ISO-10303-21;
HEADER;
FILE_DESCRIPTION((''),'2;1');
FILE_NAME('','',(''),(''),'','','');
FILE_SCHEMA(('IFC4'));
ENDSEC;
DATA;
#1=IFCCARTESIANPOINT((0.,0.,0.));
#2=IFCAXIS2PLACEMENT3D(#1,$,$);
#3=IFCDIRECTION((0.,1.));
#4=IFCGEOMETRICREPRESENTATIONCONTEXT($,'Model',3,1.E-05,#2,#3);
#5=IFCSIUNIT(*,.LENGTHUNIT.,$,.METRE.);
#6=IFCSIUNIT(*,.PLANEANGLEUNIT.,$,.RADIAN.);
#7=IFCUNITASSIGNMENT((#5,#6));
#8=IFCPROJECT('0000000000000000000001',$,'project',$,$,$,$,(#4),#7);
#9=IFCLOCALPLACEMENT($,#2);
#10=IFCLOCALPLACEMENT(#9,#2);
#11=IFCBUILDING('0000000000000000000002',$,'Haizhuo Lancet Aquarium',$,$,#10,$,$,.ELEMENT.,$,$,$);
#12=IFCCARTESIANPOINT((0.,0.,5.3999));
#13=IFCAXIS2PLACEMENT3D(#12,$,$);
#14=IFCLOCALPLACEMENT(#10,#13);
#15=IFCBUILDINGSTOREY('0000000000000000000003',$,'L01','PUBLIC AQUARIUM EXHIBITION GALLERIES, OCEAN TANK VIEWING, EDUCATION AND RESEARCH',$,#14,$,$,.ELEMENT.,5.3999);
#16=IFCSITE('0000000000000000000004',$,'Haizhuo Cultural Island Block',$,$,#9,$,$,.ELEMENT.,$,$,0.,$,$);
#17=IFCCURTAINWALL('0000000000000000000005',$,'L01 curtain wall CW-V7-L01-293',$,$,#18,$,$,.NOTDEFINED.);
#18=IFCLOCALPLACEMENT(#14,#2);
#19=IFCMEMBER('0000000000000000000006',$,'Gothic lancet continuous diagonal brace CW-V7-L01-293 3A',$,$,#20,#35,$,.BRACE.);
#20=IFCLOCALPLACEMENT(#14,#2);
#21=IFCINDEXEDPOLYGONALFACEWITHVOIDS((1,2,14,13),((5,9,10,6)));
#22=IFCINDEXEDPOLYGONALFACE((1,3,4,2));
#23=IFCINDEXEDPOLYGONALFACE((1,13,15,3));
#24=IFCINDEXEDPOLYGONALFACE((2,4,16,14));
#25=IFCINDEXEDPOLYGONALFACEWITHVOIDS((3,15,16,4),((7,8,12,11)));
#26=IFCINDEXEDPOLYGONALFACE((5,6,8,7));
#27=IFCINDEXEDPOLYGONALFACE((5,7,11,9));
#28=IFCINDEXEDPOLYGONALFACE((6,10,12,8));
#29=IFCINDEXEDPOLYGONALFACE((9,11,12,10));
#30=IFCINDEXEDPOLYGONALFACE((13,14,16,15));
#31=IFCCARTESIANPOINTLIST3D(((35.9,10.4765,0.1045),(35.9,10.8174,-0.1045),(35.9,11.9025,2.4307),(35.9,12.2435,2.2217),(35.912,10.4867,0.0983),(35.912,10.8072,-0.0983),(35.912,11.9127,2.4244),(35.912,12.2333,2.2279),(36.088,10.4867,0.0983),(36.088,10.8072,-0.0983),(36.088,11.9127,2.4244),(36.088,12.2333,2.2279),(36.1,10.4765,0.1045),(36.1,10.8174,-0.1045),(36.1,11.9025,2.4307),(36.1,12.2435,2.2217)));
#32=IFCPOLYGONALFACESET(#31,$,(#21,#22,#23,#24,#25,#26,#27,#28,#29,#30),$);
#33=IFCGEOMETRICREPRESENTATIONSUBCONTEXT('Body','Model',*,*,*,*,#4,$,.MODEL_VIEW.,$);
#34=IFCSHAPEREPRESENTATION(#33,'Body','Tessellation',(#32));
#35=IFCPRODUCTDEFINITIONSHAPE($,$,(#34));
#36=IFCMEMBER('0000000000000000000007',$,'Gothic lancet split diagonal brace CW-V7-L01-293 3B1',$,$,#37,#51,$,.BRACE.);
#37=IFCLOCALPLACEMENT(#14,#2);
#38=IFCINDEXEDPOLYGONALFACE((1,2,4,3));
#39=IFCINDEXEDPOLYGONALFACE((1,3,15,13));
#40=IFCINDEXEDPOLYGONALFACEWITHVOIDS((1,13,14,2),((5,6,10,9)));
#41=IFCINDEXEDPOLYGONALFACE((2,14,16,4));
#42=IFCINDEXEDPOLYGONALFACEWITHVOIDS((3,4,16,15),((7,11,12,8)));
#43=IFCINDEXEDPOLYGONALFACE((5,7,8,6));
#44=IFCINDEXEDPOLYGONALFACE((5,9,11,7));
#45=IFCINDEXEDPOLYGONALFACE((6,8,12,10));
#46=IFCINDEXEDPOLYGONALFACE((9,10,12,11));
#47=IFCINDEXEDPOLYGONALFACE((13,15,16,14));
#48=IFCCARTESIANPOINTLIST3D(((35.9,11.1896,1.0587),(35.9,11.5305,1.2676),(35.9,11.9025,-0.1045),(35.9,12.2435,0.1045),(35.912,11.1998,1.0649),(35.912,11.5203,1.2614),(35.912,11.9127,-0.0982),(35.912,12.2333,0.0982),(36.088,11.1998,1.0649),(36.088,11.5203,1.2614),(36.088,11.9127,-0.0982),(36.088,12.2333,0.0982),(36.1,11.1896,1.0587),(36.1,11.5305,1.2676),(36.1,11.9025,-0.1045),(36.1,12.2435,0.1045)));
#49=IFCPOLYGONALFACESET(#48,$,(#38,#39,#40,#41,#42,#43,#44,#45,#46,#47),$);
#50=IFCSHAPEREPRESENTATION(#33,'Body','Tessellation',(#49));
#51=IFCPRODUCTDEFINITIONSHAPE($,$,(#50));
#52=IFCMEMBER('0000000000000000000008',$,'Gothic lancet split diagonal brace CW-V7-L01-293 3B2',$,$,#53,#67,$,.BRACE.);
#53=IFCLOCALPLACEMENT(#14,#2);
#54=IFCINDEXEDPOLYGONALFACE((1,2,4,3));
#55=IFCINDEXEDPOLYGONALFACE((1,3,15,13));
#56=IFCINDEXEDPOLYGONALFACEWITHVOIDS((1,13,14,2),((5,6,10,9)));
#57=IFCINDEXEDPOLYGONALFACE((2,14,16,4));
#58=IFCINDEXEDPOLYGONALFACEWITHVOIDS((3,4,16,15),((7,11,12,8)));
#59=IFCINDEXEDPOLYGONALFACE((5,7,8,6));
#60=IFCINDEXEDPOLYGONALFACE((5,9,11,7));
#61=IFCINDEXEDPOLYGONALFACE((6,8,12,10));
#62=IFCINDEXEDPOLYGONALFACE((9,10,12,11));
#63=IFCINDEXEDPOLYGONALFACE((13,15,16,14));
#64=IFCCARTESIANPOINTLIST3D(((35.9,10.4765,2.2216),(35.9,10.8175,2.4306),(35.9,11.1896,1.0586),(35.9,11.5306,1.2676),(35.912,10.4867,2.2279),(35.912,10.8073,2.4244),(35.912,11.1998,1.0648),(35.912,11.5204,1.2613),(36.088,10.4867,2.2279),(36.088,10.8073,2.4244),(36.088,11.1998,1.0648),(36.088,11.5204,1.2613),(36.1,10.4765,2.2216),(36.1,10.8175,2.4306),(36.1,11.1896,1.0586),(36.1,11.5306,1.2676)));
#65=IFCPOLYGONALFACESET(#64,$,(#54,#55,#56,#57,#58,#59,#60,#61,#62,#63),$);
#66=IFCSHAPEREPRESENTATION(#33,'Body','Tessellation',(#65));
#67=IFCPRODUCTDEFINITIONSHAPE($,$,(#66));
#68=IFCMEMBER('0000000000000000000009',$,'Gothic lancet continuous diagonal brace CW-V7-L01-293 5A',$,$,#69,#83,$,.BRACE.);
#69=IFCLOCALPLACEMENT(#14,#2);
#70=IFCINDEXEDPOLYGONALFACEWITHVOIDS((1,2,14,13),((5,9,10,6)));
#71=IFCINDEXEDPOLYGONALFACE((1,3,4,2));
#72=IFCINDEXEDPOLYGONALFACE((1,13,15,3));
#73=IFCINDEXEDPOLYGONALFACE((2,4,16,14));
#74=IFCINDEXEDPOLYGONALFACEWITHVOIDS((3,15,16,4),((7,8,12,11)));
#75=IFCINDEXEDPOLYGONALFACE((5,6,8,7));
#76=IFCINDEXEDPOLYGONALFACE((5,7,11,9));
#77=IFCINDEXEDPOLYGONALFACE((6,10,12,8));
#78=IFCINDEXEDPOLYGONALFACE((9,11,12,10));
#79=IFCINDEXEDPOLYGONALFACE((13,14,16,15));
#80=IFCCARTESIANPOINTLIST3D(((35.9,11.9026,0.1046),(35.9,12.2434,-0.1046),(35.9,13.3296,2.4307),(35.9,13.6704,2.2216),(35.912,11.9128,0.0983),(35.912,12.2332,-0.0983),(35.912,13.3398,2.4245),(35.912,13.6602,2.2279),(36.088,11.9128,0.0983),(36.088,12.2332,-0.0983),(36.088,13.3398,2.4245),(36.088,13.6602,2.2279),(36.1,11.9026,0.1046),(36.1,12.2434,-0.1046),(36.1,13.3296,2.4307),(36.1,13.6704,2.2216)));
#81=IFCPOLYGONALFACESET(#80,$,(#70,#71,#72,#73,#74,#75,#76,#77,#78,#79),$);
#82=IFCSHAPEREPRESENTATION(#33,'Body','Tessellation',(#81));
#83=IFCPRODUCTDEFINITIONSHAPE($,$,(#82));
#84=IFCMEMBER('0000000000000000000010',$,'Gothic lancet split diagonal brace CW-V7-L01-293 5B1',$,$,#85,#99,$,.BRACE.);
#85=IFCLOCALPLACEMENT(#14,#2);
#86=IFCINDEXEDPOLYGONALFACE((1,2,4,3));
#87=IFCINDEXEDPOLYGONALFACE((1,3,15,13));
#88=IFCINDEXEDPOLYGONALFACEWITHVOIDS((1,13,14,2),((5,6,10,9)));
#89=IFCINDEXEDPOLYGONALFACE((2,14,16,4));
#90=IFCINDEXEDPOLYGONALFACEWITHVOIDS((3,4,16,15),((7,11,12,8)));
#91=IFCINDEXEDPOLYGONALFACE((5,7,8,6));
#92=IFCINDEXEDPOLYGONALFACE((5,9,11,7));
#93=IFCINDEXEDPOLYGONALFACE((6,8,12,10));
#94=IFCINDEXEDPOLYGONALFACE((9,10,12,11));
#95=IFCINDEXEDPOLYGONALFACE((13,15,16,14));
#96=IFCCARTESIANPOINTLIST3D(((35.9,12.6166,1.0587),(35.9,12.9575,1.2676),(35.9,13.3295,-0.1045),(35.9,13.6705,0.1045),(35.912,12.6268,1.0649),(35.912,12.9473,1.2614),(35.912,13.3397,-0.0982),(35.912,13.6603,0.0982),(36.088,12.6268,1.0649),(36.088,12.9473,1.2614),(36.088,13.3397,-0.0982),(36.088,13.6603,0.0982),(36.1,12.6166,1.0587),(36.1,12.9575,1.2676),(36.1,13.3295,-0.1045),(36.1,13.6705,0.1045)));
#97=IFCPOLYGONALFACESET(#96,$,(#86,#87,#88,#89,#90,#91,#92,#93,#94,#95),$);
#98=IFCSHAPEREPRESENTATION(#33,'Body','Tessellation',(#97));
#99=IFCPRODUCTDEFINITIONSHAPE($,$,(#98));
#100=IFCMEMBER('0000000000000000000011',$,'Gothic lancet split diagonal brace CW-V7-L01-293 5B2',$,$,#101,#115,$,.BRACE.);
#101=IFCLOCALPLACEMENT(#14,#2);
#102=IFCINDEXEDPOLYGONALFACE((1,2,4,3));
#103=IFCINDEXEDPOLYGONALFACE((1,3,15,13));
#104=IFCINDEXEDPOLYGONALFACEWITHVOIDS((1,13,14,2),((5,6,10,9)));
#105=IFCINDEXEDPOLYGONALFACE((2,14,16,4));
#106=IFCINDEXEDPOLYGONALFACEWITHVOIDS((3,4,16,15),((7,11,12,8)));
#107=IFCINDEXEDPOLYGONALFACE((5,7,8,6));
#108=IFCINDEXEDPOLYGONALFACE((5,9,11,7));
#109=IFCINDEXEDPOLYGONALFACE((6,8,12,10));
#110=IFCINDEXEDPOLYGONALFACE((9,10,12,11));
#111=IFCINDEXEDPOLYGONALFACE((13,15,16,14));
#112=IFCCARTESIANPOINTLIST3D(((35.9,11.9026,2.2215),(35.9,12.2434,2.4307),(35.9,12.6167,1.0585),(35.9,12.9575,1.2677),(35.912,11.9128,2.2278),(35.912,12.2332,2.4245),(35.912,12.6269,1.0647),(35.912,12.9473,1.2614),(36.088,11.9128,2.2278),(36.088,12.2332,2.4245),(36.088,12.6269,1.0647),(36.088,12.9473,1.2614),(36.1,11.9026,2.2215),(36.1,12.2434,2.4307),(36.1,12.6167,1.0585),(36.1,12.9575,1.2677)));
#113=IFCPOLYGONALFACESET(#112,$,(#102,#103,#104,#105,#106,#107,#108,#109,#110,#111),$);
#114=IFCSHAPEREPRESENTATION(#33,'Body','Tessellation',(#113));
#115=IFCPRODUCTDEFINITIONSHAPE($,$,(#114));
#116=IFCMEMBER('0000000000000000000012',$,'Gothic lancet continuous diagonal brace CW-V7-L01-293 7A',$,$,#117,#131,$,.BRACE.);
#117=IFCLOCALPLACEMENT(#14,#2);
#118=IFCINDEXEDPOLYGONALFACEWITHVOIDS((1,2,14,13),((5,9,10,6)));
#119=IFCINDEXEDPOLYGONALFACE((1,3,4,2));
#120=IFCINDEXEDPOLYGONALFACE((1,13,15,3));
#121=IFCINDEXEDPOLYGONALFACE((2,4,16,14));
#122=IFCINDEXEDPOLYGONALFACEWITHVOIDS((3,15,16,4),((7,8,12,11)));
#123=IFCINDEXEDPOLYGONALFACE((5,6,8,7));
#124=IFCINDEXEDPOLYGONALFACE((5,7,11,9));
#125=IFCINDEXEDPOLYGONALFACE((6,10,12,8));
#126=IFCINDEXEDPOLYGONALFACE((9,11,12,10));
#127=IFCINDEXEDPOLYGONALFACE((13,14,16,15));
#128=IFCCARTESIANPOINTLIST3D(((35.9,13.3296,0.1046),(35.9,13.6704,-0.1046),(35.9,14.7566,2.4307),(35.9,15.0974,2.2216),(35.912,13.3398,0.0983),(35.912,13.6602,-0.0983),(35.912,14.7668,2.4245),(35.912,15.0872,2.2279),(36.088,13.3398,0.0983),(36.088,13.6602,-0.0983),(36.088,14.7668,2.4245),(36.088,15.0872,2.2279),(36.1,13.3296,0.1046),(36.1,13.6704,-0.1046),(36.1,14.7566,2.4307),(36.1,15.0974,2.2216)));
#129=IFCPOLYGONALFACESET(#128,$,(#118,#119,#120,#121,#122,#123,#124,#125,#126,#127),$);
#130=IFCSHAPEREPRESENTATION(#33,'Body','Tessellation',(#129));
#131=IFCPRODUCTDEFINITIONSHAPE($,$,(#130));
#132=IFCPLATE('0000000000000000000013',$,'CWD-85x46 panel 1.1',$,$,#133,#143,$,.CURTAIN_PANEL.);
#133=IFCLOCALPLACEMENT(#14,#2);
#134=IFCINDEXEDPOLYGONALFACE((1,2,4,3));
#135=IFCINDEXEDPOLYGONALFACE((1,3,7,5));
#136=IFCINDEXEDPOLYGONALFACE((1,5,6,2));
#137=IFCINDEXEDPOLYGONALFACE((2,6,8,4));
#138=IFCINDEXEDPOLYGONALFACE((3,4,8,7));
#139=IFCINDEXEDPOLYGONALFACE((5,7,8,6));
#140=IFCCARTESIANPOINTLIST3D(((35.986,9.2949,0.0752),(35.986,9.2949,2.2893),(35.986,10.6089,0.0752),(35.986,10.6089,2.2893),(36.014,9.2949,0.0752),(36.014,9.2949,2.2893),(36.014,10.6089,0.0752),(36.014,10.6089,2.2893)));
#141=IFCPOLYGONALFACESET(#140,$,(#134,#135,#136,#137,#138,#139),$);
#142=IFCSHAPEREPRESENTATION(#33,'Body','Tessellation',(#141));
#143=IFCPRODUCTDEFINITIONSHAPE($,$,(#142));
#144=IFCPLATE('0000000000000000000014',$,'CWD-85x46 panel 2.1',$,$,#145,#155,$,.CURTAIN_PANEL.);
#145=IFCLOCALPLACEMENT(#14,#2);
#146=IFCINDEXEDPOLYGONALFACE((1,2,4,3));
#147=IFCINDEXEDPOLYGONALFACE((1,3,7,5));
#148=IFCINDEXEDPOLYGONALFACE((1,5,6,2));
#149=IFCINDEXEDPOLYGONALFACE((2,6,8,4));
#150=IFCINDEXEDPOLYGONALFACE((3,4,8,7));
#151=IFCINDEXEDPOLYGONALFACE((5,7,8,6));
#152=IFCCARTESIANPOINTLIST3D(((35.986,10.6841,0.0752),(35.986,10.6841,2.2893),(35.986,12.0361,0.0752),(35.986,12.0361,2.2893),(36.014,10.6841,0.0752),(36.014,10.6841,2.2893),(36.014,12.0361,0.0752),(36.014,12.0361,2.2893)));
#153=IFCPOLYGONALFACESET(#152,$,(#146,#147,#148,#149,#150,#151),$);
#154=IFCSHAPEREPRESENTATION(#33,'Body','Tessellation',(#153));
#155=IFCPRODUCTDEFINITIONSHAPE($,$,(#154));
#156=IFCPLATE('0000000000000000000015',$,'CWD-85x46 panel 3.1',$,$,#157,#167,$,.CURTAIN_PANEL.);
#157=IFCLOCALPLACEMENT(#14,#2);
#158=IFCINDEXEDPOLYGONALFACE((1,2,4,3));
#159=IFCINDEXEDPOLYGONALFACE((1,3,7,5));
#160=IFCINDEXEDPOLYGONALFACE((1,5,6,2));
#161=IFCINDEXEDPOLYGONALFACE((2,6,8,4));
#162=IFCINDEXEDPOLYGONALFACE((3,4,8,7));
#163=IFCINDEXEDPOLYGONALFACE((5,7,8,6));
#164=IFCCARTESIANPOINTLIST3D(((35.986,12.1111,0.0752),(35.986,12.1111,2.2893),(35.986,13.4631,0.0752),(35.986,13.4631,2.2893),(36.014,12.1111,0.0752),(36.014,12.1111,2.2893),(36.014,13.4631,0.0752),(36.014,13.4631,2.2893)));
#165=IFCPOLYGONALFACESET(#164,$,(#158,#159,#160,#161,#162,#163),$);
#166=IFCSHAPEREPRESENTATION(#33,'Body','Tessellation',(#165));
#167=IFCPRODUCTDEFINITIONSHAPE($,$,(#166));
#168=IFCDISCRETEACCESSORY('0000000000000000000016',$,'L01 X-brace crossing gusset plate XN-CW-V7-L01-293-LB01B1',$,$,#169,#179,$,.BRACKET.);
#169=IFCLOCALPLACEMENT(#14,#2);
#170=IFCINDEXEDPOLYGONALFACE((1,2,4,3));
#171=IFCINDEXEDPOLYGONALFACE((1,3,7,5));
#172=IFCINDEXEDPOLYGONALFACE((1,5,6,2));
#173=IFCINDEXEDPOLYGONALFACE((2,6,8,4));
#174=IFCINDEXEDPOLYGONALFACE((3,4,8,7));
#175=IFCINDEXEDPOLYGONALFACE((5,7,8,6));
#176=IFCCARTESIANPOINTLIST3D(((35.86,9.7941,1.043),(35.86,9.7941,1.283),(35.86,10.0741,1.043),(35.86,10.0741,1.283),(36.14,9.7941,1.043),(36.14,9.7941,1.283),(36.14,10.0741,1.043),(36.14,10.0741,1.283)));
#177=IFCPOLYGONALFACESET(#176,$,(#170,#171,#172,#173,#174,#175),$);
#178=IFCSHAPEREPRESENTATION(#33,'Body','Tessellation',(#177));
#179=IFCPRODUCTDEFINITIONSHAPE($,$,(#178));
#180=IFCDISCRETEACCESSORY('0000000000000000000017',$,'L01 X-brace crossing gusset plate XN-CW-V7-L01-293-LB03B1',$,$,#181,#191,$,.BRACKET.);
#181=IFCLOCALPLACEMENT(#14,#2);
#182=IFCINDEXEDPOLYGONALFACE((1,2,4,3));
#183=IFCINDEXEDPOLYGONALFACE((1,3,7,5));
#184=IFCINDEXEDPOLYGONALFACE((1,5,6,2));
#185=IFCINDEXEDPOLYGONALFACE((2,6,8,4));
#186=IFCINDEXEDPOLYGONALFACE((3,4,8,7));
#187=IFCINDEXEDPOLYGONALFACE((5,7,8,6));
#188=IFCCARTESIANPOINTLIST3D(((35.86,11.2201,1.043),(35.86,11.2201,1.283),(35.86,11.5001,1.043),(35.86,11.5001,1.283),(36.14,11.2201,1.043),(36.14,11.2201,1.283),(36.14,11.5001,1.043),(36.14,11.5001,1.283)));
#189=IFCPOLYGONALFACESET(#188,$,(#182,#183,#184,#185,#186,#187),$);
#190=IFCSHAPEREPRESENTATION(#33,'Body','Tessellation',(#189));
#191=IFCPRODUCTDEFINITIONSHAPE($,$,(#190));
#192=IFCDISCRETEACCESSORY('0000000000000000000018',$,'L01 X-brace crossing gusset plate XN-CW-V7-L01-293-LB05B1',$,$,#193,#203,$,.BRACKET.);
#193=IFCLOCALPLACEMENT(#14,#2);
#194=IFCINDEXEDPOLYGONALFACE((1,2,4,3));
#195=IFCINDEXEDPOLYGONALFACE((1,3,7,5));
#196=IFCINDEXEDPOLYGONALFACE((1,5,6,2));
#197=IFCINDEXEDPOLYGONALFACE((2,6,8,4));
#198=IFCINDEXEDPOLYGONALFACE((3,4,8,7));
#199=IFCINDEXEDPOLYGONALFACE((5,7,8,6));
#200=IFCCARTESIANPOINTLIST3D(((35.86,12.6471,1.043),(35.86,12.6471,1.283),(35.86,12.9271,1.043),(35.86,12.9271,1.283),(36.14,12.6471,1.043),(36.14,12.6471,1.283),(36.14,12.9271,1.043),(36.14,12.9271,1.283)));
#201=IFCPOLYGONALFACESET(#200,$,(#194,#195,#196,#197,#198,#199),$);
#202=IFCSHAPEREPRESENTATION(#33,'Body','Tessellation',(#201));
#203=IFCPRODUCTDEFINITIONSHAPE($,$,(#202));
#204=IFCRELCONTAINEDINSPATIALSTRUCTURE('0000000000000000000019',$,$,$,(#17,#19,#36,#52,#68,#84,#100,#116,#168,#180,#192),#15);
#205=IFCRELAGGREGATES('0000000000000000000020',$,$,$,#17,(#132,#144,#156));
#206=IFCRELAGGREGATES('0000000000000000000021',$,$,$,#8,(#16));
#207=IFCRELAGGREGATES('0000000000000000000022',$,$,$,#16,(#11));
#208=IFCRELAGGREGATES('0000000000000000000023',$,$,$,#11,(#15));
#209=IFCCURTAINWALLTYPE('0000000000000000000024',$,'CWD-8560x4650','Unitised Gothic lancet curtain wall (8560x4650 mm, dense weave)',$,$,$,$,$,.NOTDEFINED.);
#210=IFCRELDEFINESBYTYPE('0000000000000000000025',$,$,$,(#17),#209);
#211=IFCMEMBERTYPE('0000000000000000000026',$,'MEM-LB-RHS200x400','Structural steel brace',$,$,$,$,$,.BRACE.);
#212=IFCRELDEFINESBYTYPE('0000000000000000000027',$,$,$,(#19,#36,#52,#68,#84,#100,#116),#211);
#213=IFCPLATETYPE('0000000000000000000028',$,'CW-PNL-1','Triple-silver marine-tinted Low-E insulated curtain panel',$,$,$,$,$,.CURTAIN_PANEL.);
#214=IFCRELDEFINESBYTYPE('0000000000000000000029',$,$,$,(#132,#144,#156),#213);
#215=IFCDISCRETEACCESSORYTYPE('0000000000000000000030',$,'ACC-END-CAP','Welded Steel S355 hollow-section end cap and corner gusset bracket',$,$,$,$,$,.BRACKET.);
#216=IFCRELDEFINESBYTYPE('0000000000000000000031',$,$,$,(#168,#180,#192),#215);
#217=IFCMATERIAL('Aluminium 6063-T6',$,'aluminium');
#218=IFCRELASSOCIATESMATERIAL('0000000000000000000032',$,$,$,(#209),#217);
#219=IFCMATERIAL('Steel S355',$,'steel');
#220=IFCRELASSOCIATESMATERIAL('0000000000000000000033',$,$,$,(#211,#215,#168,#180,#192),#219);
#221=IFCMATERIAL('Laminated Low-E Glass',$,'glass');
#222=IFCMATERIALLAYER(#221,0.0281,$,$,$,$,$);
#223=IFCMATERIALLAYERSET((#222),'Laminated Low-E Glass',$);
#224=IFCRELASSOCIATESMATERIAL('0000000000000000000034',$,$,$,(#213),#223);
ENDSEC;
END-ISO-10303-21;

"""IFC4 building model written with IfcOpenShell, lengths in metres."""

from ifc_helpers import new_model, si_unit, direction, frame, origin, origin_2d, place, context, subcontext, project, spatial, rectangle, hollow_rectangle, extrude, material, layer, layer_set, material_profile, profile_set, type_object, element, aggregate, save


model = new_model("IFC4")

# Units and contexts
model_context = context("Model", 3, precision=1e-05, world=origin(), true_north=direction((0.0, 1.0)))
body_context = subcontext(model_context, "Body", "Model", "MODEL_VIEW")
ifc_project = project(units=[si_unit("LENGTHUNIT", "METRE"), si_unit("PLANEANGLEUNIT", "RADIAN")], contexts=[model_context])

# Site, building, storey
site_placement = place(None, origin())
site = spatial("IfcSite", under=ifc_project, at=site_placement, Name="Haizhuo Cultural Island Block", CompositionType="ELEMENT", RefElevation=0.0)
building_placement = place(site_placement, origin())
building = spatial("IfcBuilding", under=site, at=building_placement, Name="Haizhuo Lancet Aquarium", CompositionType="ELEMENT")
storey_placement = place(building_placement, frame((0.0, 0.0, 5.3999)))
storey = spatial("IfcBuildingStorey", under=building, at=storey_placement, Name="L01", Description="PUBLIC AQUARIUM EXHIBITION GALLERIES, OCEAN TANK VIEWING, EDUCATION AND RESEARCH", CompositionType="ELEMENT", Elevation=5.3999)

# Curtain wall
ifc_material_1 = material(Name="Aluminium 6063-T6", Category="aluminium")
curtain_wall_type = type_object("IfcCurtainWallType", Name="CWD-8560x4650", Description="Unitised Gothic lancet curtain wall (8560x4650 mm, dense weave)", PredefinedType="NOTDEFINED", material=ifc_material_1)
curtain_wall_placement = place(storey_placement, origin())
curtain_wall = element("IfcCurtainWall", 1, at=curtain_wall_placement, inside=storey, type_object=curtain_wall_type, Name="L01 curtain wall CW-V7-L01-293", PredefinedType="NOTDEFINED")

# Members
ifc_material_2 = material(Name="Steel S355", Category="steel")
ifc_material_profile_1 = material_profile(ifc_material_2, hollow_rectangle(XDim=0.2, YDim=0.3999, WallThickness=0.012, at=origin_2d()), Name="RHS 200x400x12")
ifc_profile_set_1 = profile_set([ifc_material_profile_1], Name="Steel S355")
member_type_1 = type_object("IfcMemberType", Name="MEM-LB-RHS200x400", Description="Structural steel brace", PredefinedType="BRACE", material=ifc_profile_set_1)
member_1_placement = place(storey_placement, frame((36.0, 10.647, 0.0), z_axis=(0.0, 0.522644, 0.852551), x_axis=(-1.0, 0.0, 0.0)))
element("IfcMember", 2, at=member_1_placement, inside=storey, type_object=member_type_1, Name="Gothic lancet continuous diagonal brace CW-V7-L01-293 3A", PredefinedType="BRACE", context=body_context, shape_type="SweptSolid", body=[
    extrude(hollow_rectangle(XDim=0.2, YDim=0.3999, WallThickness=0.012, at=origin_2d()), origin(), (0.0, 0.0, 1.0), 2.7285),
])
for number, where, z_axis, x_axis, name in (
    (3, (36.0, 12.073, 0.0), (0.0, -0.522579, 0.852591), (1.0, 0.0, 0.0), "Gothic lancet split diagonal brace CW-V7-L01-293 3B1"),
    (4, (36.0, 11.3601, 1.1631), (0.0, -0.522709, 0.852511), (1.0, 0.0, 0.0), "Gothic lancet split diagonal brace CW-V7-L01-293 3B2"),
):
    element("IfcMember", number, at=place(storey_placement, frame(where, z_axis=z_axis, x_axis=x_axis)), inside=storey, type_object=member_type_1, Name=name, PredefinedType="BRACE", context=body_context, shape_type="SweptSolid", body=[
        extrude(hollow_rectangle(XDim=0.2, YDim=0.3999, WallThickness=0.012, at=origin_2d()), origin(), (0.0, 0.0, 1.0), 1.3643),
    ])
member_2_placement = place(storey_placement, frame((36.0, 12.073, 0.0), z_axis=(0.0, 0.522904, 0.852392), x_axis=(-1.0, 0.0, 0.0)))
element("IfcMember", 5, at=member_2_placement, inside=storey, type_object=member_type_1, Name="Gothic lancet continuous diagonal brace CW-V7-L01-293 5A", PredefinedType="BRACE", context=body_context, shape_type="SweptSolid", body=[
    extrude(hollow_rectangle(XDim=0.2, YDim=0.3999, WallThickness=0.012, at=origin_2d()), origin(), (0.0, 0.0, 1.0), 2.729),
])
member_3_placement = place(storey_placement, frame((36.0, 13.5, 0.0), z_axis=(0.0, -0.522579, 0.852591), x_axis=(1.0, 0.0, 0.0)))
element("IfcMember", 6, at=member_3_placement, inside=storey, type_object=member_type_1, Name="Gothic lancet split diagonal brace CW-V7-L01-293 5B1", PredefinedType="BRACE", context=body_context, shape_type="SweptSolid", body=[
    extrude(hollow_rectangle(XDim=0.2, YDim=0.3999, WallThickness=0.012, at=origin_2d()), origin(), (0.0, 0.0, 1.0), 1.3643),
])
member_4_placement = place(storey_placement, frame((36.0, 12.7871, 1.1631), z_axis=(0.0, -0.523229, 0.852192), x_axis=(1.0, 0.0, 0.0)))
element("IfcMember", 7, at=member_4_placement, inside=storey, type_object=member_type_1, Name="Gothic lancet split diagonal brace CW-V7-L01-293 5B2", PredefinedType="BRACE", context=body_context, shape_type="SweptSolid", body=[
    extrude(hollow_rectangle(XDim=0.2, YDim=0.3999, WallThickness=0.012, at=origin_2d()), origin(), (0.0, 0.0, 1.0), 1.3647),
])
member_5_placement = place(storey_placement, frame((36.0, 13.5, 0.0), z_axis=(0.0, 0.522904, 0.852392), x_axis=(-1.0, 0.0, 0.0)))
element("IfcMember", 8, at=member_5_placement, inside=storey, type_object=member_type_1, Name="Gothic lancet continuous diagonal brace CW-V7-L01-293 7A", PredefinedType="BRACE", context=body_context, shape_type="SweptSolid", body=[
    extrude(hollow_rectangle(XDim=0.2, YDim=0.3999, WallThickness=0.012, at=origin_2d()), origin(), (0.0, 0.0, 1.0), 2.729),
])

# Plates
ifc_material_3 = material(Name="Laminated Low-E Glass", Category="glass")
ifc_layer = layer(ifc_material_3, 0.0281)
ifc_layer_set = layer_set([ifc_layer], Name="Laminated Low-E Glass")
plate_type = type_object("IfcPlateType", Name="CW-PNL-1", Description="Triple-silver marine-tinted Low-E insulated curtain panel", PredefinedType="CURTAIN_PANEL", material=ifc_layer_set)
plate_1_placement = place(storey_placement, frame((36.0, 9.9519, 0.0752), z_axis=(0.0, 0.0, 1.0), x_axis=(0.0, 1.0, 0.0)))
plate_1 = element("IfcPlate", 9, at=plate_1_placement, type_object=plate_type, Name="CWD-85x46 panel 1.1", PredefinedType="CURTAIN_PANEL", context=body_context, shape_type="SweptSolid", body=[
    extrude(rectangle(XDim=1.314, YDim=0.0281, at=origin_2d()), origin(), (0.0, 0.0, 1.0), 2.2141),
])
plate_2_placement = place(storey_placement, frame((36.0, 11.3601, 0.0752), z_axis=(0.0, 0.0, 1.0), x_axis=(0.0, 1.0, 0.0)))
plate_2 = element("IfcPlate", 10, at=plate_2_placement, type_object=plate_type, Name="CWD-85x46 panel 2.1", PredefinedType="CURTAIN_PANEL", context=body_context, shape_type="SweptSolid", body=[
    extrude(rectangle(XDim=1.3521, YDim=0.0281, at=origin_2d()), origin(), (0.0, 0.0, 1.0), 2.2141),
])
plate_3_placement = place(storey_placement, frame((36.0, 12.7871, 0.0752), z_axis=(0.0, 0.0, 1.0), x_axis=(0.0, 1.0, 0.0)))
plate_3 = element("IfcPlate", 11, at=plate_3_placement, type_object=plate_type, Name="CWD-85x46 panel 3.1", PredefinedType="CURTAIN_PANEL", context=body_context, shape_type="SweptSolid", body=[
    extrude(rectangle(XDim=1.3521, YDim=0.0281, at=origin_2d()), origin(), (0.0, 0.0, 1.0), 2.2141),
])
aggregate(curtain_wall, [plate_1, plate_2, plate_3])

# Discrete accessories
discrete_accessory_type = type_object("IfcDiscreteAccessoryType", Name="ACC-END-CAP", Description="Welded Steel S355 hollow-section end cap and corner gusset bracket", PredefinedType="BRACKET", material=ifc_material_2)
for number, where, z_axis, x_axis, name in (
    (12, (36.0, 9.9341, 1.043), (0.0, 0.0, 1.0), (1.0, 0.0, 0.0), "L01 X-brace crossing gusset plate XN-CW-V7-L01-293-LB01B1"),
    (13, (36.0, 11.3601, 1.043), (0.0, 0.0, 1.0), (1.0, 0.0, 0.0), "L01 X-brace crossing gusset plate XN-CW-V7-L01-293-LB03B1"),
    (14, (36.0, 12.7871, 1.043), (0.0, 0.0, 1.0), (1.0, 0.0, 0.0), "L01 X-brace crossing gusset plate XN-CW-V7-L01-293-LB05B1"),
):
    element("IfcDiscreteAccessory", number, at=place(storey_placement, frame(where, z_axis=z_axis, x_axis=x_axis)), inside=storey, type_object=discrete_accessory_type, material=ifc_material_2, Name=name, PredefinedType="BRACKET", context=body_context, shape_type="SweptSolid", body=[
        extrude(rectangle(XDim=0.28, YDim=0.28, at=origin_2d()), origin(), (0.0, 0.0, 1.0), 0.24),
    ])

save(model, "model.ifc")
